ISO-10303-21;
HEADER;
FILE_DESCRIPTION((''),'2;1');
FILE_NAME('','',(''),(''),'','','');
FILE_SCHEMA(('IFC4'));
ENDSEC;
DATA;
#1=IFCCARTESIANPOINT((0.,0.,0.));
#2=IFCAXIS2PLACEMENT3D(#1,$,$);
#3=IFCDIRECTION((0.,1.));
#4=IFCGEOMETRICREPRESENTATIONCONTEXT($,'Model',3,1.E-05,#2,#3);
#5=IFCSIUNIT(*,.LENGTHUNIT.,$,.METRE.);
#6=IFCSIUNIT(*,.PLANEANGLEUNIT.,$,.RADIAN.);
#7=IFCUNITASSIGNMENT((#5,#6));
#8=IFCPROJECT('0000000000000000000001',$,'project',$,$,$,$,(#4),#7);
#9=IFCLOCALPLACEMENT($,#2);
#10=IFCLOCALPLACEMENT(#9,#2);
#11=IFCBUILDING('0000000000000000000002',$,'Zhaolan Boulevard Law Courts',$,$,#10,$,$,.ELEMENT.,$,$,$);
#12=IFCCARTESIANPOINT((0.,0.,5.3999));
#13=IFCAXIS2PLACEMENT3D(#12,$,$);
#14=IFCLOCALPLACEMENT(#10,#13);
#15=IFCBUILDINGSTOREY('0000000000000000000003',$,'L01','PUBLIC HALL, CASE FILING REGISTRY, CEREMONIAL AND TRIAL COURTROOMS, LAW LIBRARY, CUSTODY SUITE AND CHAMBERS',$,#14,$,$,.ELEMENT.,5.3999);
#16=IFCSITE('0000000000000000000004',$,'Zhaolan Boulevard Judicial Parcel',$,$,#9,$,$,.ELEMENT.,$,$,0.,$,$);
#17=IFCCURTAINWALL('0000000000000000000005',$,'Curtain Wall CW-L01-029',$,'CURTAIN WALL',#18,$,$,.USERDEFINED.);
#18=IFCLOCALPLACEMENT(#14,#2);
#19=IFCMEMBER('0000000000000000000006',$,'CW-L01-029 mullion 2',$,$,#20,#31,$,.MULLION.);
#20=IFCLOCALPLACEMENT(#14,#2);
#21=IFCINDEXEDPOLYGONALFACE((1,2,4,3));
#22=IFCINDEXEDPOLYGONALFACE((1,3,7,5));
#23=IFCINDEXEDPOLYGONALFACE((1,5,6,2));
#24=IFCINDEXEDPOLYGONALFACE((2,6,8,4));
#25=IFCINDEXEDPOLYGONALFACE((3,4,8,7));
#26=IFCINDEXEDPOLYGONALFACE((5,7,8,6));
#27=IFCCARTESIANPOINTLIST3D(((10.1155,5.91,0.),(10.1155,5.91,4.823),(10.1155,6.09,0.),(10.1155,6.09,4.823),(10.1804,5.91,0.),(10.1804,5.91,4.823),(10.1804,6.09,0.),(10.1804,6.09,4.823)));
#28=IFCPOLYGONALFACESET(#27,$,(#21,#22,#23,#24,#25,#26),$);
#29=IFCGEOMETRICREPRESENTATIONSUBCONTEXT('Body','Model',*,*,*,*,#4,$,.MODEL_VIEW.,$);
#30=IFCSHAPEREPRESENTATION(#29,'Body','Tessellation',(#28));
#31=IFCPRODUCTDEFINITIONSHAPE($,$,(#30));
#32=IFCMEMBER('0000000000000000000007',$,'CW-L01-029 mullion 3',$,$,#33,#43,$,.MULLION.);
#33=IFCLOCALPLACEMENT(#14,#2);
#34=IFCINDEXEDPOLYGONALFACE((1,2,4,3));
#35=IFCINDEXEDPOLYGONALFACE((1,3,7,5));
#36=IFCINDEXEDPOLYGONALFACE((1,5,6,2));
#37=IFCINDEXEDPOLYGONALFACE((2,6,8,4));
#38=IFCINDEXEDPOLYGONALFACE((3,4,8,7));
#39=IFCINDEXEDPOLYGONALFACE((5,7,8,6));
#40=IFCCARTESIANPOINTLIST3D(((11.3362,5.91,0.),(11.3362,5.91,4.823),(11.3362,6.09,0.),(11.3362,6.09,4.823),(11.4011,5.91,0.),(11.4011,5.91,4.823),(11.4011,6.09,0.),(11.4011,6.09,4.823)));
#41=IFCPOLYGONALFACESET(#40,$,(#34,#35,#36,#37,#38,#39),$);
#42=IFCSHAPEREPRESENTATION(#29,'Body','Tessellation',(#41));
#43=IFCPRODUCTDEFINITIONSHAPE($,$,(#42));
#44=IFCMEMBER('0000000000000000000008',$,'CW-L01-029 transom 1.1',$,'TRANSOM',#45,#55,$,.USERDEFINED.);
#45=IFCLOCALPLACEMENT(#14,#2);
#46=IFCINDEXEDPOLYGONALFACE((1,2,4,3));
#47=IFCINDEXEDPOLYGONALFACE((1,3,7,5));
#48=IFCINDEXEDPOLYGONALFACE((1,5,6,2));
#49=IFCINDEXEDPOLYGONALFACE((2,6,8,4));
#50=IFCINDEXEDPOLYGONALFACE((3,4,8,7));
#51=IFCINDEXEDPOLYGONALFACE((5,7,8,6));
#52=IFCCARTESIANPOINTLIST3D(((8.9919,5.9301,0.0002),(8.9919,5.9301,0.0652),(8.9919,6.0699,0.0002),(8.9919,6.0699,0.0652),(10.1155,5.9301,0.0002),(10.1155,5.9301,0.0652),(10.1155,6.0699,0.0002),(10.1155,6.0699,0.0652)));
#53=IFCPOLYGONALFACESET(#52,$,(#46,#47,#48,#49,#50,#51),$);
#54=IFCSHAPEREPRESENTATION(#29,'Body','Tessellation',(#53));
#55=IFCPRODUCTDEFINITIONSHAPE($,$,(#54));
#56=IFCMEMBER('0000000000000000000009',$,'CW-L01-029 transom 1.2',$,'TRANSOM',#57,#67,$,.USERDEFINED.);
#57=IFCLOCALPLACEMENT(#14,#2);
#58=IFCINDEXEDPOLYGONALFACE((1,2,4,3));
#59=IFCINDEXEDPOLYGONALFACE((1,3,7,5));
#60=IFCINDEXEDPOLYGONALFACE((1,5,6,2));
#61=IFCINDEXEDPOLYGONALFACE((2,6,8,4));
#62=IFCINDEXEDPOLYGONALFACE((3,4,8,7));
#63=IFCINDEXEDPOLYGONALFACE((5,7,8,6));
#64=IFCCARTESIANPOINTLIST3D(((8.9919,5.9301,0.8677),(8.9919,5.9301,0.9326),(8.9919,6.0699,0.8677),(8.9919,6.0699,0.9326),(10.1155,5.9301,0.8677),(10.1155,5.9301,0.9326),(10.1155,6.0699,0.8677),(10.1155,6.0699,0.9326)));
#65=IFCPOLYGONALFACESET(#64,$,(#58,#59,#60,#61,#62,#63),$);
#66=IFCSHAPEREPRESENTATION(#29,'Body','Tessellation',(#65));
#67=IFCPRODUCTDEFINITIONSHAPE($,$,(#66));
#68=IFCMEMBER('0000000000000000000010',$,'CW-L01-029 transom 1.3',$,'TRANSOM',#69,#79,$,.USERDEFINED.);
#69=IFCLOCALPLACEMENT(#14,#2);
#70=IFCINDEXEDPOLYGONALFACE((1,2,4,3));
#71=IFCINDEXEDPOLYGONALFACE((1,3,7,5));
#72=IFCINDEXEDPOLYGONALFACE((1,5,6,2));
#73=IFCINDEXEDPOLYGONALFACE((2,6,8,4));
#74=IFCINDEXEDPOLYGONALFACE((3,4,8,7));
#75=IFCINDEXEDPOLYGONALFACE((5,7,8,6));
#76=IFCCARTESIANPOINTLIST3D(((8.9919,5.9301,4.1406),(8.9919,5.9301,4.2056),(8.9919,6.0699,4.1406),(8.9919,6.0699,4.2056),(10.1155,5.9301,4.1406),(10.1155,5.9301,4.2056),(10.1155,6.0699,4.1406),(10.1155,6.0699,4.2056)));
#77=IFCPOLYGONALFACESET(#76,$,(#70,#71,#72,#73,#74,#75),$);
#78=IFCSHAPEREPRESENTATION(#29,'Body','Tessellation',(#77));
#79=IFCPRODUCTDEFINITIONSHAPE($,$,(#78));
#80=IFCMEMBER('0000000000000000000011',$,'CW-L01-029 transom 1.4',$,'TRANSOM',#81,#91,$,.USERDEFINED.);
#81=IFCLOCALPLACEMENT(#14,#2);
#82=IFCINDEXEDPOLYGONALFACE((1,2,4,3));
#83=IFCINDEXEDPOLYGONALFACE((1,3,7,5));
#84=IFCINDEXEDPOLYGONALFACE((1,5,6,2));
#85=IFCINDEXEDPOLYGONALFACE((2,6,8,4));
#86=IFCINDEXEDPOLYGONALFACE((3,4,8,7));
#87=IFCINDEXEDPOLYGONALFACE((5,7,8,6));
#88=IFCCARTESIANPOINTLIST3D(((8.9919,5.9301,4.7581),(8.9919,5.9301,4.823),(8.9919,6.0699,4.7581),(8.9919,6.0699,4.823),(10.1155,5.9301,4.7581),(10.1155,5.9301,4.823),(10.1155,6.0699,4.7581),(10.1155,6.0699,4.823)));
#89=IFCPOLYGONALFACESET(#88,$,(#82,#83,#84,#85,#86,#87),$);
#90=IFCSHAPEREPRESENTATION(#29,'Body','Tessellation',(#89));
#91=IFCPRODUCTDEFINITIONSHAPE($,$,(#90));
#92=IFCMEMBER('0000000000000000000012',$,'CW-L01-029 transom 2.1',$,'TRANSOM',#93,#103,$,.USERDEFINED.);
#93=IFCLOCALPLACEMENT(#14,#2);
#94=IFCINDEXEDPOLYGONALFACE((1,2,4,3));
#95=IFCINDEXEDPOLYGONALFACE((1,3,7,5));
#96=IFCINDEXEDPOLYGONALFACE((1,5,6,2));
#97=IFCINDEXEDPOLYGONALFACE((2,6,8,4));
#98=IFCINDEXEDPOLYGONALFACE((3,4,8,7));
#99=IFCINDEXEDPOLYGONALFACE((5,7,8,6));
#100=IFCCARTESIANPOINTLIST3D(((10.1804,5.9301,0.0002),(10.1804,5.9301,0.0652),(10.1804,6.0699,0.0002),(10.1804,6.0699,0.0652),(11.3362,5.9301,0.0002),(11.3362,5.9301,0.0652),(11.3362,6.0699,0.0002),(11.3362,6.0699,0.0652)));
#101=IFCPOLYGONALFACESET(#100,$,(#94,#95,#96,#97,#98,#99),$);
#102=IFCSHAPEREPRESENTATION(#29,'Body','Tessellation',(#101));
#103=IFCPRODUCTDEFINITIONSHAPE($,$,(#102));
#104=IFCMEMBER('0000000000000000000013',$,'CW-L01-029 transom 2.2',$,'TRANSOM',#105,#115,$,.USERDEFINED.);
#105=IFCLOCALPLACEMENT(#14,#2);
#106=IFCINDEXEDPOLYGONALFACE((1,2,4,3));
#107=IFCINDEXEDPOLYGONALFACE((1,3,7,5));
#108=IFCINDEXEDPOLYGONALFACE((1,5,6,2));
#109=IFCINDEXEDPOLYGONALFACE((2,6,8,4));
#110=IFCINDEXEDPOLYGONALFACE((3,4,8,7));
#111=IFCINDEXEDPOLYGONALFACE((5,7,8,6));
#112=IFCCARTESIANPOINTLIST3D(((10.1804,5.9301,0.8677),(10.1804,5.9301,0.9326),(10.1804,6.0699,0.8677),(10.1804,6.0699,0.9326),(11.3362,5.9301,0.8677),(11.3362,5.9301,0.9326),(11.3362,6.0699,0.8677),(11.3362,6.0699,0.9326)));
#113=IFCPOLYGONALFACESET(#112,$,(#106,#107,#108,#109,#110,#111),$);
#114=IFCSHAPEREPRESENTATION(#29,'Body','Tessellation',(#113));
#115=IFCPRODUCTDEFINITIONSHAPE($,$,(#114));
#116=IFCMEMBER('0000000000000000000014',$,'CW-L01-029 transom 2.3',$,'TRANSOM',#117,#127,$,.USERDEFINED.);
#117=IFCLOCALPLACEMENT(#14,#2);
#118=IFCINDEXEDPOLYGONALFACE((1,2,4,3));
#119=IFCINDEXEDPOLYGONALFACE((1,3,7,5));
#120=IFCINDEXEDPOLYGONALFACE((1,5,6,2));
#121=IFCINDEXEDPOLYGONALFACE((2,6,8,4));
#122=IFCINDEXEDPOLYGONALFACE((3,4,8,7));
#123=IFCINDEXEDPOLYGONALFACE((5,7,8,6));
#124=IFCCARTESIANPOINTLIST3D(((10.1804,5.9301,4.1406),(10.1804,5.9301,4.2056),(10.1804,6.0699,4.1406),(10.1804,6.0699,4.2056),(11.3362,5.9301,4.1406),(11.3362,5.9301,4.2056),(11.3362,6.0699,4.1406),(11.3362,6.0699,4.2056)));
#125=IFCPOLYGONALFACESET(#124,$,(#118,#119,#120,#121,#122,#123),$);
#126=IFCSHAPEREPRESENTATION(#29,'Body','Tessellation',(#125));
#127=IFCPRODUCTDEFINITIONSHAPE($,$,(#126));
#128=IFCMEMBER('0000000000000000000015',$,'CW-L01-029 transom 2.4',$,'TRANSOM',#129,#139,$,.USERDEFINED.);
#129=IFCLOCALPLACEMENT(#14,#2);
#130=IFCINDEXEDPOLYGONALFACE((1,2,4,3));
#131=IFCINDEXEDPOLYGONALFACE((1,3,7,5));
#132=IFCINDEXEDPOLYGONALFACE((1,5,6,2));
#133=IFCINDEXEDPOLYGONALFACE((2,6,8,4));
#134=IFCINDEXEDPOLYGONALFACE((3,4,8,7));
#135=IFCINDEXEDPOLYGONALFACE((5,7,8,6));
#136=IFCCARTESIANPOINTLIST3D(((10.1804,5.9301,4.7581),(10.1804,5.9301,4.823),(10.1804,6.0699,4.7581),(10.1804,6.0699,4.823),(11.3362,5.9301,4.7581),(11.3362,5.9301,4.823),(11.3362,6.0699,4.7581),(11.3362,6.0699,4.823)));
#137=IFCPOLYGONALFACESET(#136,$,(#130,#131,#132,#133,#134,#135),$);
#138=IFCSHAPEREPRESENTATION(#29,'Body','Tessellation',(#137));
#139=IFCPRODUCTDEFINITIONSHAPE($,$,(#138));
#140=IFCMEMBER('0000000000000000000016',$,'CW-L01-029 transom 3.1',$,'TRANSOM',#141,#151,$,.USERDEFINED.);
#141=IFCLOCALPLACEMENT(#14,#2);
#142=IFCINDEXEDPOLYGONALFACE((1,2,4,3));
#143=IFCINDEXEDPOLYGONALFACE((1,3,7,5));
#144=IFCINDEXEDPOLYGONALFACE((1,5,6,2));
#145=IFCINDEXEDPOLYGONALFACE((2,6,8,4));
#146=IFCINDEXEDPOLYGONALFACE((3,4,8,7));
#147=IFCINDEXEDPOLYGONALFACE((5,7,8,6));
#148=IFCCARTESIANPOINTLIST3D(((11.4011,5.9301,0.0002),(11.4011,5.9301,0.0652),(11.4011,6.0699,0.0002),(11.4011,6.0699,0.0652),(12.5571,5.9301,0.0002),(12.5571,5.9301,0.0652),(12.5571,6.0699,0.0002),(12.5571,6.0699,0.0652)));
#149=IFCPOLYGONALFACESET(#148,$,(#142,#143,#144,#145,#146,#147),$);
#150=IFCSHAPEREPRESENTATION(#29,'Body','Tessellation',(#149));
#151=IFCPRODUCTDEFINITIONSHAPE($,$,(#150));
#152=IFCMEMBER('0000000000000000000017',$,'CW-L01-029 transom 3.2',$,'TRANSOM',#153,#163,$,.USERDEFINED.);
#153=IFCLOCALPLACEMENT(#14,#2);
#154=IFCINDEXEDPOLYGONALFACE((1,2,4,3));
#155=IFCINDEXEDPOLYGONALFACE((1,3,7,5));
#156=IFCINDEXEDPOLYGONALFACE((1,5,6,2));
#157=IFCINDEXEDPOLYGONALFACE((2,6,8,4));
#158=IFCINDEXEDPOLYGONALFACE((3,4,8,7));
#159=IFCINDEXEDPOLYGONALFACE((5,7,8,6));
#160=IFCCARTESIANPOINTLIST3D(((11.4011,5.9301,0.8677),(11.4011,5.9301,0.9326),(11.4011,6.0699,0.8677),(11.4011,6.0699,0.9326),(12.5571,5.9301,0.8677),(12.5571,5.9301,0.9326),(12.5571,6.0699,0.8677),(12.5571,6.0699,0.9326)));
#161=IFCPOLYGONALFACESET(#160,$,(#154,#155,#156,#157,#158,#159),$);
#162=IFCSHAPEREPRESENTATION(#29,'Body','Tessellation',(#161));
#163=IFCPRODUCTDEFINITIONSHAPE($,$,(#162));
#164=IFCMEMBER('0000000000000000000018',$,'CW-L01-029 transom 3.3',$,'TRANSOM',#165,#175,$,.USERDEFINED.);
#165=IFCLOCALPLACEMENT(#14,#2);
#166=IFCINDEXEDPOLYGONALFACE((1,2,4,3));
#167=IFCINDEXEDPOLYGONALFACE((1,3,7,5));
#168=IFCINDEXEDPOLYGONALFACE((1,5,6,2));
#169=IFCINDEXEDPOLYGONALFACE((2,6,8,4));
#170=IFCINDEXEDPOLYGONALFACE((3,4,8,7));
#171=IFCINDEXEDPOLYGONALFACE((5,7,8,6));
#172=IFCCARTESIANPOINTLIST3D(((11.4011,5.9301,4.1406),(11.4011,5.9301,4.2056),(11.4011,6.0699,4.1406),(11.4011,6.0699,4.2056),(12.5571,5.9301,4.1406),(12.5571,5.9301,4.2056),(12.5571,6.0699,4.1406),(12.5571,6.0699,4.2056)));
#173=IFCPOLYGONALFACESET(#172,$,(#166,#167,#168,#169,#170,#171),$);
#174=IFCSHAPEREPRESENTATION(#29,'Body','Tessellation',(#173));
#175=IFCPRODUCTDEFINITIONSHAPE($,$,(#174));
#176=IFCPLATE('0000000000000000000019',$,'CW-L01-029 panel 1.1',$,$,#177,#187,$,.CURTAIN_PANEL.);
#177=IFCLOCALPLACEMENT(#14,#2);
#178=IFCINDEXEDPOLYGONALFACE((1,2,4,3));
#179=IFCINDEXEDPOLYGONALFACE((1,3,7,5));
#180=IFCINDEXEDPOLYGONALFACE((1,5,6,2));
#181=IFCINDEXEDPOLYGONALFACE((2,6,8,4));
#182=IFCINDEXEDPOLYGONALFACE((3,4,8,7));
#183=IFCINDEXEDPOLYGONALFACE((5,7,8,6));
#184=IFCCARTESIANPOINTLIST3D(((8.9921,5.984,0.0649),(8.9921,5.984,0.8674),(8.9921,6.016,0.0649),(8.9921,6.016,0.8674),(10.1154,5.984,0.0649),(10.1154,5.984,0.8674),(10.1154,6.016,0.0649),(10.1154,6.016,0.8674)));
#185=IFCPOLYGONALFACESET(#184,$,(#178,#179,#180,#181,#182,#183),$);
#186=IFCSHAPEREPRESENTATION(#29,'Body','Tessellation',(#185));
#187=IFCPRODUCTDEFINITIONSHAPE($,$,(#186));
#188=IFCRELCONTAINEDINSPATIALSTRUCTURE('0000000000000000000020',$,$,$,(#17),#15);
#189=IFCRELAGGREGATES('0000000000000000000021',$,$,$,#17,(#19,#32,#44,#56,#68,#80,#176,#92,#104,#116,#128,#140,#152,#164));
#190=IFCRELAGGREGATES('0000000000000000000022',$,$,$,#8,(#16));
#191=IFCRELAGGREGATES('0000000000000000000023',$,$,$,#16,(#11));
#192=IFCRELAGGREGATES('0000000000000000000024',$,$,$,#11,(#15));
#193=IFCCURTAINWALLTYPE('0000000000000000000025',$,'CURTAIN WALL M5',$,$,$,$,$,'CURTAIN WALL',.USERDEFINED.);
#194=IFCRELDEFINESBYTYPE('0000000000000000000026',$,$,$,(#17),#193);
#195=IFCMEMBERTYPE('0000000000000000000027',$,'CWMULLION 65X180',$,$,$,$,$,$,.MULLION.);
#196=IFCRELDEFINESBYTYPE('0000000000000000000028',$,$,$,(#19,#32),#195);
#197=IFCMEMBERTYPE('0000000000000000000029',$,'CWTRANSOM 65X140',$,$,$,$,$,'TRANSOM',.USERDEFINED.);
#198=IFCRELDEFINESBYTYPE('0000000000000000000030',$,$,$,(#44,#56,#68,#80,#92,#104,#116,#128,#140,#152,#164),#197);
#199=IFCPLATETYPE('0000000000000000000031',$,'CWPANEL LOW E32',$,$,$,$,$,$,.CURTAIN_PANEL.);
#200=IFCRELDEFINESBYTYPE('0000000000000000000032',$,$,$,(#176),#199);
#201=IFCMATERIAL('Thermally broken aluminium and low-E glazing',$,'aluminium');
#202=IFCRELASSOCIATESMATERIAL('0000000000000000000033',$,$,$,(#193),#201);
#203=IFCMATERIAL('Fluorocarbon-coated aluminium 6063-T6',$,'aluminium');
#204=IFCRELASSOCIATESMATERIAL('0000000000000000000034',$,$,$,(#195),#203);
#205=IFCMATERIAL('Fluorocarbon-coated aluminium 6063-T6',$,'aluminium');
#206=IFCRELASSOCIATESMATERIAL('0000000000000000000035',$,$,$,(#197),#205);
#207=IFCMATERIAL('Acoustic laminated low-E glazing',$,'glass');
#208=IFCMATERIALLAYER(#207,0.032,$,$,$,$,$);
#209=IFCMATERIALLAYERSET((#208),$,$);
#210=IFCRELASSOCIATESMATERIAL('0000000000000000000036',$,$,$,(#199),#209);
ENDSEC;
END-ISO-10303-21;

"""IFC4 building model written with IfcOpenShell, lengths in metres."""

from ifc_helpers import new_model, si_unit, direction, frame, origin, origin_2d, place, context, subcontext, project, spatial, rectangle, extrude, material, layer, layer_set, material_profile, profile_set, type_object, element, aggregate, save


model = new_model("IFC4")

# Units and contexts
model_context = context("Model", 3, precision=1e-05, world=origin(), true_north=direction((0.0, 1.0)))
body_context = subcontext(model_context, "Body", "Model", "MODEL_VIEW")
ifc_project = project(units=[si_unit("LENGTHUNIT", "METRE"), si_unit("PLANEANGLEUNIT", "RADIAN")], contexts=[model_context])

# Site, building, storey
site_placement = place(None, origin())
site = spatial("IfcSite", under=ifc_project, at=site_placement, Name="Zhaolan Boulevard Judicial Parcel", CompositionType="ELEMENT", RefElevation=0.0)
building_placement = place(site_placement, origin())
building = spatial("IfcBuilding", under=site, at=building_placement, Name="Zhaolan Boulevard Law Courts", CompositionType="ELEMENT")
storey_placement = place(building_placement, frame((0.0, 0.0, 5.3999)))
storey = spatial("IfcBuildingStorey", under=building, at=storey_placement, Name="L01", Description="PUBLIC HALL, CASE FILING REGISTRY, CEREMONIAL AND TRIAL COURTROOMS, LAW LIBRARY, CUSTODY SUITE AND CHAMBERS", CompositionType="ELEMENT", Elevation=5.3999)

# Curtain wall, members, plate
ifc_material_1 = material(Name="Thermally broken aluminium and low-E glazing", Category="aluminium")
curtain_wall_type = type_object("IfcCurtainWallType", Name="CURTAIN WALL M5", ElementType="CURTAIN WALL", PredefinedType="USERDEFINED", material=ifc_material_1)
curtain_wall_placement = place(storey_placement, origin())
curtain_wall = element("IfcCurtainWall", 1, at=curtain_wall_placement, inside=storey, type_object=curtain_wall_type, Name="Curtain Wall CW-L01-029", ObjectType="CURTAIN WALL", PredefinedType="USERDEFINED")
ifc_material_2 = material(Name="Fluorocarbon-coated aluminium 6063-T6", Category="aluminium")
ifc_material_profile_1 = material_profile(ifc_material_2, rectangle(XDim=0.1799, YDim=0.0649, at=origin_2d()), Name="AL65x180")
ifc_profile_set_1 = profile_set([ifc_material_profile_1], Name="Fluorocarbon-coated aluminium 6063-T6")
member_type_1 = type_object("IfcMemberType", Name="CWMULLION 65X180", PredefinedType="MULLION", material=ifc_profile_set_1)
member_1_placement = place(storey_placement, frame((10.1479, 6.0, 0.0), z_axis=(0.0, 0.0, 1.0), x_axis=(0.0, 1.0, 0.0)))
member_1 = element("IfcMember", 2, at=member_1_placement, type_object=member_type_1, Name="CW-L01-029 mullion 2", PredefinedType="MULLION", context=body_context, shape_type="SweptSolid", body=[
    extrude(rectangle(XDim=0.1799, YDim=0.0649, at=origin_2d()), origin(), (0.0, 0.0, 1.0), 4.823),
])
member_2_placement = place(storey_placement, frame((11.3687, 6.0, 0.0), z_axis=(0.0, 0.0, 1.0), x_axis=(0.0, 1.0, 0.0)))
member_2 = element("IfcMember", 3, at=member_2_placement, type_object=member_type_1, Name="CW-L01-029 mullion 3", PredefinedType="MULLION", context=body_context, shape_type="SweptSolid", body=[
    extrude(rectangle(XDim=0.1799, YDim=0.0649, at=origin_2d()), origin(), (0.0, 0.0, 1.0), 4.823),
])
ifc_material_3 = material(Name="Fluorocarbon-coated aluminium 6063-T6", Category="aluminium")
ifc_material_profile_2 = material_profile(ifc_material_3, rectangle(XDim=0.1399, YDim=0.0649, at=origin_2d()), Name="AL65x140")
ifc_profile_set_2 = profile_set([ifc_material_profile_2], Name="Fluorocarbon-coated aluminium 6063-T6")
member_type_2 = type_object("IfcMemberType", Name="CWTRANSOM 65X140", ElementType="TRANSOM", PredefinedType="USERDEFINED", material=ifc_profile_set_2)
member_3_placement = place(storey_placement, frame((8.9919, 6.0, 0.0327), z_axis=(1.0, 0.0, 0.0), x_axis=(0.0, 1.0, 0.0)))
member_3 = element("IfcMember", 4, at=member_3_placement, type_object=member_type_2, Name="CW-L01-029 transom 1.1", ObjectType="TRANSOM", PredefinedType="USERDEFINED", context=body_context, shape_type="SweptSolid", body=[
    extrude(rectangle(XDim=0.1399, YDim=0.0649, at=origin_2d()), origin(), (0.0, 0.0, 1.0), 1.1235),
])
member_4_placement = place(storey_placement, frame((8.9919, 6.0, 0.9001), z_axis=(1.0, 0.0, 0.0), x_axis=(0.0, 1.0, 0.0)))
member_4 = element("IfcMember", 5, at=member_4_placement, type_object=member_type_2, Name="CW-L01-029 transom 1.2", ObjectType="TRANSOM", PredefinedType="USERDEFINED", context=body_context, shape_type="SweptSolid", body=[
    extrude(rectangle(XDim=0.1399, YDim=0.0649, at=origin_2d()), origin(), (0.0, 0.0, 1.0), 1.1235),
])
member_5_placement = place(storey_placement, frame((8.9919, 6.0, 4.1731), z_axis=(1.0, 0.0, 0.0), x_axis=(0.0, 1.0, 0.0)))
member_5 = element("IfcMember", 6, at=member_5_placement, type_object=member_type_2, Name="CW-L01-029 transom 1.3", ObjectType="TRANSOM", PredefinedType="USERDEFINED", context=body_context, shape_type="SweptSolid", body=[
    extrude(rectangle(XDim=0.1399, YDim=0.0649, at=origin_2d()), origin(), (0.0, 0.0, 1.0), 1.1235),
])
member_6_placement = place(storey_placement, frame((8.9919, 6.0, 4.7905), z_axis=(1.0, 0.0, 0.0), x_axis=(0.0, 1.0, 0.0)))
member_6 = element("IfcMember", 7, at=member_6_placement, type_object=member_type_2, Name="CW-L01-029 transom 1.4", ObjectType="TRANSOM", PredefinedType="USERDEFINED", context=body_context, shape_type="SweptSolid", body=[
    extrude(rectangle(XDim=0.1399, YDim=0.0649, at=origin_2d()), origin(), (0.0, 0.0, 1.0), 1.1235),
])
member_7_placement = place(storey_placement, frame((10.1804, 6.0, 0.0327), z_axis=(1.0, 0.0, 0.0), x_axis=(0.0, 1.0, 0.0)))
member_7 = element("IfcMember", 8, at=member_7_placement, type_object=member_type_2, Name="CW-L01-029 transom 2.1", ObjectType="TRANSOM", PredefinedType="USERDEFINED", context=body_context, shape_type="SweptSolid", body=[
    extrude(rectangle(XDim=0.1399, YDim=0.0649, at=origin_2d()), origin(), (0.0, 0.0, 1.0), 1.1558),
])
member_8_placement = place(storey_placement, frame((10.1804, 6.0, 0.9001), z_axis=(1.0, 0.0, 0.0), x_axis=(0.0, 1.0, 0.0)))
member_8 = element("IfcMember", 9, at=member_8_placement, type_object=member_type_2, Name="CW-L01-029 transom 2.2", ObjectType="TRANSOM", PredefinedType="USERDEFINED", context=body_context, shape_type="SweptSolid", body=[
    extrude(rectangle(XDim=0.1399, YDim=0.0649, at=origin_2d()), origin(), (0.0, 0.0, 1.0), 1.1558),
])
member_9_placement = place(storey_placement, frame((10.1804, 6.0, 4.1731), z_axis=(1.0, 0.0, 0.0), x_axis=(0.0, 1.0, 0.0)))
member_9 = element("IfcMember", 10, at=member_9_placement, type_object=member_type_2, Name="CW-L01-029 transom 2.3", ObjectType="TRANSOM", PredefinedType="USERDEFINED", context=body_context, shape_type="SweptSolid", body=[
    extrude(rectangle(XDim=0.1399, YDim=0.0649, at=origin_2d()), origin(), (0.0, 0.0, 1.0), 1.1558),
])
member_10_placement = place(storey_placement, frame((10.1804, 6.0, 4.7905), z_axis=(1.0, 0.0, 0.0), x_axis=(0.0, 1.0, 0.0)))
member_10 = element("IfcMember", 11, at=member_10_placement, type_object=member_type_2, Name="CW-L01-029 transom 2.4", ObjectType="TRANSOM", PredefinedType="USERDEFINED", context=body_context, shape_type="SweptSolid", body=[
    extrude(rectangle(XDim=0.1399, YDim=0.0649, at=origin_2d()), origin(), (0.0, 0.0, 1.0), 1.1558),
])
member_11_placement = place(storey_placement, frame((11.4011, 6.0, 0.0327), z_axis=(1.0, 0.0, 0.0), x_axis=(0.0, 1.0, 0.0)))
member_11 = element("IfcMember", 12, at=member_11_placement, type_object=member_type_2, Name="CW-L01-029 transom 3.1", ObjectType="TRANSOM", PredefinedType="USERDEFINED", context=body_context, shape_type="SweptSolid", body=[
    extrude(rectangle(XDim=0.1399, YDim=0.0649, at=origin_2d()), origin(), (0.0, 0.0, 1.0), 1.156),
])
member_12_placement = place(storey_placement, frame((11.4011, 6.0, 0.9001), z_axis=(1.0, 0.0, 0.0), x_axis=(0.0, 1.0, 0.0)))
member_12 = element("IfcMember", 13, at=member_12_placement, type_object=member_type_2, Name="CW-L01-029 transom 3.2", ObjectType="TRANSOM", PredefinedType="USERDEFINED", context=body_context, shape_type="SweptSolid", body=[
    extrude(rectangle(XDim=0.1399, YDim=0.0649, at=origin_2d()), origin(), (0.0, 0.0, 1.0), 1.156),
])
member_13_placement = place(storey_placement, frame((11.4011, 6.0, 4.1731), z_axis=(1.0, 0.0, 0.0), x_axis=(0.0, 1.0, 0.0)))
member_13 = element("IfcMember", 14, at=member_13_placement, type_object=member_type_2, Name="CW-L01-029 transom 3.3", ObjectType="TRANSOM", PredefinedType="USERDEFINED", context=body_context, shape_type="SweptSolid", body=[
    extrude(rectangle(XDim=0.1399, YDim=0.0649, at=origin_2d()), origin(), (0.0, 0.0, 1.0), 1.156),
])
ifc_material_4 = material(Name="Acoustic laminated low-E glazing", Category="glass")
ifc_layer = layer(ifc_material_4, 0.032)
ifc_layer_set = layer_set([ifc_layer])
plate_type = type_object("IfcPlateType", Name="CWPANEL LOW E32", PredefinedType="CURTAIN_PANEL", material=ifc_layer_set)
plate_1_placement = place(storey_placement, frame((9.5537, 6.0, 0.0649), z_axis=(0.0, 0.0, 1.0), x_axis=(1.0, 0.0, 0.0)))
plate_1 = element("IfcPlate", 15, at=plate_1_placement, type_object=plate_type, Name="CW-L01-029 panel 1.1", PredefinedType="CURTAIN_PANEL", context=body_context, shape_type="SweptSolid", body=[
    extrude(rectangle(XDim=1.1233, YDim=0.032, at=origin_2d()), origin(), (0.0, 0.0, 1.0), 0.8025),
])
aggregate(curtain_wall, [member_1, member_2, member_3, member_4, member_5, member_6, plate_1, member_7, member_8, member_9, member_10, member_11, member_12, member_13])

save(model, "model.ifc")
